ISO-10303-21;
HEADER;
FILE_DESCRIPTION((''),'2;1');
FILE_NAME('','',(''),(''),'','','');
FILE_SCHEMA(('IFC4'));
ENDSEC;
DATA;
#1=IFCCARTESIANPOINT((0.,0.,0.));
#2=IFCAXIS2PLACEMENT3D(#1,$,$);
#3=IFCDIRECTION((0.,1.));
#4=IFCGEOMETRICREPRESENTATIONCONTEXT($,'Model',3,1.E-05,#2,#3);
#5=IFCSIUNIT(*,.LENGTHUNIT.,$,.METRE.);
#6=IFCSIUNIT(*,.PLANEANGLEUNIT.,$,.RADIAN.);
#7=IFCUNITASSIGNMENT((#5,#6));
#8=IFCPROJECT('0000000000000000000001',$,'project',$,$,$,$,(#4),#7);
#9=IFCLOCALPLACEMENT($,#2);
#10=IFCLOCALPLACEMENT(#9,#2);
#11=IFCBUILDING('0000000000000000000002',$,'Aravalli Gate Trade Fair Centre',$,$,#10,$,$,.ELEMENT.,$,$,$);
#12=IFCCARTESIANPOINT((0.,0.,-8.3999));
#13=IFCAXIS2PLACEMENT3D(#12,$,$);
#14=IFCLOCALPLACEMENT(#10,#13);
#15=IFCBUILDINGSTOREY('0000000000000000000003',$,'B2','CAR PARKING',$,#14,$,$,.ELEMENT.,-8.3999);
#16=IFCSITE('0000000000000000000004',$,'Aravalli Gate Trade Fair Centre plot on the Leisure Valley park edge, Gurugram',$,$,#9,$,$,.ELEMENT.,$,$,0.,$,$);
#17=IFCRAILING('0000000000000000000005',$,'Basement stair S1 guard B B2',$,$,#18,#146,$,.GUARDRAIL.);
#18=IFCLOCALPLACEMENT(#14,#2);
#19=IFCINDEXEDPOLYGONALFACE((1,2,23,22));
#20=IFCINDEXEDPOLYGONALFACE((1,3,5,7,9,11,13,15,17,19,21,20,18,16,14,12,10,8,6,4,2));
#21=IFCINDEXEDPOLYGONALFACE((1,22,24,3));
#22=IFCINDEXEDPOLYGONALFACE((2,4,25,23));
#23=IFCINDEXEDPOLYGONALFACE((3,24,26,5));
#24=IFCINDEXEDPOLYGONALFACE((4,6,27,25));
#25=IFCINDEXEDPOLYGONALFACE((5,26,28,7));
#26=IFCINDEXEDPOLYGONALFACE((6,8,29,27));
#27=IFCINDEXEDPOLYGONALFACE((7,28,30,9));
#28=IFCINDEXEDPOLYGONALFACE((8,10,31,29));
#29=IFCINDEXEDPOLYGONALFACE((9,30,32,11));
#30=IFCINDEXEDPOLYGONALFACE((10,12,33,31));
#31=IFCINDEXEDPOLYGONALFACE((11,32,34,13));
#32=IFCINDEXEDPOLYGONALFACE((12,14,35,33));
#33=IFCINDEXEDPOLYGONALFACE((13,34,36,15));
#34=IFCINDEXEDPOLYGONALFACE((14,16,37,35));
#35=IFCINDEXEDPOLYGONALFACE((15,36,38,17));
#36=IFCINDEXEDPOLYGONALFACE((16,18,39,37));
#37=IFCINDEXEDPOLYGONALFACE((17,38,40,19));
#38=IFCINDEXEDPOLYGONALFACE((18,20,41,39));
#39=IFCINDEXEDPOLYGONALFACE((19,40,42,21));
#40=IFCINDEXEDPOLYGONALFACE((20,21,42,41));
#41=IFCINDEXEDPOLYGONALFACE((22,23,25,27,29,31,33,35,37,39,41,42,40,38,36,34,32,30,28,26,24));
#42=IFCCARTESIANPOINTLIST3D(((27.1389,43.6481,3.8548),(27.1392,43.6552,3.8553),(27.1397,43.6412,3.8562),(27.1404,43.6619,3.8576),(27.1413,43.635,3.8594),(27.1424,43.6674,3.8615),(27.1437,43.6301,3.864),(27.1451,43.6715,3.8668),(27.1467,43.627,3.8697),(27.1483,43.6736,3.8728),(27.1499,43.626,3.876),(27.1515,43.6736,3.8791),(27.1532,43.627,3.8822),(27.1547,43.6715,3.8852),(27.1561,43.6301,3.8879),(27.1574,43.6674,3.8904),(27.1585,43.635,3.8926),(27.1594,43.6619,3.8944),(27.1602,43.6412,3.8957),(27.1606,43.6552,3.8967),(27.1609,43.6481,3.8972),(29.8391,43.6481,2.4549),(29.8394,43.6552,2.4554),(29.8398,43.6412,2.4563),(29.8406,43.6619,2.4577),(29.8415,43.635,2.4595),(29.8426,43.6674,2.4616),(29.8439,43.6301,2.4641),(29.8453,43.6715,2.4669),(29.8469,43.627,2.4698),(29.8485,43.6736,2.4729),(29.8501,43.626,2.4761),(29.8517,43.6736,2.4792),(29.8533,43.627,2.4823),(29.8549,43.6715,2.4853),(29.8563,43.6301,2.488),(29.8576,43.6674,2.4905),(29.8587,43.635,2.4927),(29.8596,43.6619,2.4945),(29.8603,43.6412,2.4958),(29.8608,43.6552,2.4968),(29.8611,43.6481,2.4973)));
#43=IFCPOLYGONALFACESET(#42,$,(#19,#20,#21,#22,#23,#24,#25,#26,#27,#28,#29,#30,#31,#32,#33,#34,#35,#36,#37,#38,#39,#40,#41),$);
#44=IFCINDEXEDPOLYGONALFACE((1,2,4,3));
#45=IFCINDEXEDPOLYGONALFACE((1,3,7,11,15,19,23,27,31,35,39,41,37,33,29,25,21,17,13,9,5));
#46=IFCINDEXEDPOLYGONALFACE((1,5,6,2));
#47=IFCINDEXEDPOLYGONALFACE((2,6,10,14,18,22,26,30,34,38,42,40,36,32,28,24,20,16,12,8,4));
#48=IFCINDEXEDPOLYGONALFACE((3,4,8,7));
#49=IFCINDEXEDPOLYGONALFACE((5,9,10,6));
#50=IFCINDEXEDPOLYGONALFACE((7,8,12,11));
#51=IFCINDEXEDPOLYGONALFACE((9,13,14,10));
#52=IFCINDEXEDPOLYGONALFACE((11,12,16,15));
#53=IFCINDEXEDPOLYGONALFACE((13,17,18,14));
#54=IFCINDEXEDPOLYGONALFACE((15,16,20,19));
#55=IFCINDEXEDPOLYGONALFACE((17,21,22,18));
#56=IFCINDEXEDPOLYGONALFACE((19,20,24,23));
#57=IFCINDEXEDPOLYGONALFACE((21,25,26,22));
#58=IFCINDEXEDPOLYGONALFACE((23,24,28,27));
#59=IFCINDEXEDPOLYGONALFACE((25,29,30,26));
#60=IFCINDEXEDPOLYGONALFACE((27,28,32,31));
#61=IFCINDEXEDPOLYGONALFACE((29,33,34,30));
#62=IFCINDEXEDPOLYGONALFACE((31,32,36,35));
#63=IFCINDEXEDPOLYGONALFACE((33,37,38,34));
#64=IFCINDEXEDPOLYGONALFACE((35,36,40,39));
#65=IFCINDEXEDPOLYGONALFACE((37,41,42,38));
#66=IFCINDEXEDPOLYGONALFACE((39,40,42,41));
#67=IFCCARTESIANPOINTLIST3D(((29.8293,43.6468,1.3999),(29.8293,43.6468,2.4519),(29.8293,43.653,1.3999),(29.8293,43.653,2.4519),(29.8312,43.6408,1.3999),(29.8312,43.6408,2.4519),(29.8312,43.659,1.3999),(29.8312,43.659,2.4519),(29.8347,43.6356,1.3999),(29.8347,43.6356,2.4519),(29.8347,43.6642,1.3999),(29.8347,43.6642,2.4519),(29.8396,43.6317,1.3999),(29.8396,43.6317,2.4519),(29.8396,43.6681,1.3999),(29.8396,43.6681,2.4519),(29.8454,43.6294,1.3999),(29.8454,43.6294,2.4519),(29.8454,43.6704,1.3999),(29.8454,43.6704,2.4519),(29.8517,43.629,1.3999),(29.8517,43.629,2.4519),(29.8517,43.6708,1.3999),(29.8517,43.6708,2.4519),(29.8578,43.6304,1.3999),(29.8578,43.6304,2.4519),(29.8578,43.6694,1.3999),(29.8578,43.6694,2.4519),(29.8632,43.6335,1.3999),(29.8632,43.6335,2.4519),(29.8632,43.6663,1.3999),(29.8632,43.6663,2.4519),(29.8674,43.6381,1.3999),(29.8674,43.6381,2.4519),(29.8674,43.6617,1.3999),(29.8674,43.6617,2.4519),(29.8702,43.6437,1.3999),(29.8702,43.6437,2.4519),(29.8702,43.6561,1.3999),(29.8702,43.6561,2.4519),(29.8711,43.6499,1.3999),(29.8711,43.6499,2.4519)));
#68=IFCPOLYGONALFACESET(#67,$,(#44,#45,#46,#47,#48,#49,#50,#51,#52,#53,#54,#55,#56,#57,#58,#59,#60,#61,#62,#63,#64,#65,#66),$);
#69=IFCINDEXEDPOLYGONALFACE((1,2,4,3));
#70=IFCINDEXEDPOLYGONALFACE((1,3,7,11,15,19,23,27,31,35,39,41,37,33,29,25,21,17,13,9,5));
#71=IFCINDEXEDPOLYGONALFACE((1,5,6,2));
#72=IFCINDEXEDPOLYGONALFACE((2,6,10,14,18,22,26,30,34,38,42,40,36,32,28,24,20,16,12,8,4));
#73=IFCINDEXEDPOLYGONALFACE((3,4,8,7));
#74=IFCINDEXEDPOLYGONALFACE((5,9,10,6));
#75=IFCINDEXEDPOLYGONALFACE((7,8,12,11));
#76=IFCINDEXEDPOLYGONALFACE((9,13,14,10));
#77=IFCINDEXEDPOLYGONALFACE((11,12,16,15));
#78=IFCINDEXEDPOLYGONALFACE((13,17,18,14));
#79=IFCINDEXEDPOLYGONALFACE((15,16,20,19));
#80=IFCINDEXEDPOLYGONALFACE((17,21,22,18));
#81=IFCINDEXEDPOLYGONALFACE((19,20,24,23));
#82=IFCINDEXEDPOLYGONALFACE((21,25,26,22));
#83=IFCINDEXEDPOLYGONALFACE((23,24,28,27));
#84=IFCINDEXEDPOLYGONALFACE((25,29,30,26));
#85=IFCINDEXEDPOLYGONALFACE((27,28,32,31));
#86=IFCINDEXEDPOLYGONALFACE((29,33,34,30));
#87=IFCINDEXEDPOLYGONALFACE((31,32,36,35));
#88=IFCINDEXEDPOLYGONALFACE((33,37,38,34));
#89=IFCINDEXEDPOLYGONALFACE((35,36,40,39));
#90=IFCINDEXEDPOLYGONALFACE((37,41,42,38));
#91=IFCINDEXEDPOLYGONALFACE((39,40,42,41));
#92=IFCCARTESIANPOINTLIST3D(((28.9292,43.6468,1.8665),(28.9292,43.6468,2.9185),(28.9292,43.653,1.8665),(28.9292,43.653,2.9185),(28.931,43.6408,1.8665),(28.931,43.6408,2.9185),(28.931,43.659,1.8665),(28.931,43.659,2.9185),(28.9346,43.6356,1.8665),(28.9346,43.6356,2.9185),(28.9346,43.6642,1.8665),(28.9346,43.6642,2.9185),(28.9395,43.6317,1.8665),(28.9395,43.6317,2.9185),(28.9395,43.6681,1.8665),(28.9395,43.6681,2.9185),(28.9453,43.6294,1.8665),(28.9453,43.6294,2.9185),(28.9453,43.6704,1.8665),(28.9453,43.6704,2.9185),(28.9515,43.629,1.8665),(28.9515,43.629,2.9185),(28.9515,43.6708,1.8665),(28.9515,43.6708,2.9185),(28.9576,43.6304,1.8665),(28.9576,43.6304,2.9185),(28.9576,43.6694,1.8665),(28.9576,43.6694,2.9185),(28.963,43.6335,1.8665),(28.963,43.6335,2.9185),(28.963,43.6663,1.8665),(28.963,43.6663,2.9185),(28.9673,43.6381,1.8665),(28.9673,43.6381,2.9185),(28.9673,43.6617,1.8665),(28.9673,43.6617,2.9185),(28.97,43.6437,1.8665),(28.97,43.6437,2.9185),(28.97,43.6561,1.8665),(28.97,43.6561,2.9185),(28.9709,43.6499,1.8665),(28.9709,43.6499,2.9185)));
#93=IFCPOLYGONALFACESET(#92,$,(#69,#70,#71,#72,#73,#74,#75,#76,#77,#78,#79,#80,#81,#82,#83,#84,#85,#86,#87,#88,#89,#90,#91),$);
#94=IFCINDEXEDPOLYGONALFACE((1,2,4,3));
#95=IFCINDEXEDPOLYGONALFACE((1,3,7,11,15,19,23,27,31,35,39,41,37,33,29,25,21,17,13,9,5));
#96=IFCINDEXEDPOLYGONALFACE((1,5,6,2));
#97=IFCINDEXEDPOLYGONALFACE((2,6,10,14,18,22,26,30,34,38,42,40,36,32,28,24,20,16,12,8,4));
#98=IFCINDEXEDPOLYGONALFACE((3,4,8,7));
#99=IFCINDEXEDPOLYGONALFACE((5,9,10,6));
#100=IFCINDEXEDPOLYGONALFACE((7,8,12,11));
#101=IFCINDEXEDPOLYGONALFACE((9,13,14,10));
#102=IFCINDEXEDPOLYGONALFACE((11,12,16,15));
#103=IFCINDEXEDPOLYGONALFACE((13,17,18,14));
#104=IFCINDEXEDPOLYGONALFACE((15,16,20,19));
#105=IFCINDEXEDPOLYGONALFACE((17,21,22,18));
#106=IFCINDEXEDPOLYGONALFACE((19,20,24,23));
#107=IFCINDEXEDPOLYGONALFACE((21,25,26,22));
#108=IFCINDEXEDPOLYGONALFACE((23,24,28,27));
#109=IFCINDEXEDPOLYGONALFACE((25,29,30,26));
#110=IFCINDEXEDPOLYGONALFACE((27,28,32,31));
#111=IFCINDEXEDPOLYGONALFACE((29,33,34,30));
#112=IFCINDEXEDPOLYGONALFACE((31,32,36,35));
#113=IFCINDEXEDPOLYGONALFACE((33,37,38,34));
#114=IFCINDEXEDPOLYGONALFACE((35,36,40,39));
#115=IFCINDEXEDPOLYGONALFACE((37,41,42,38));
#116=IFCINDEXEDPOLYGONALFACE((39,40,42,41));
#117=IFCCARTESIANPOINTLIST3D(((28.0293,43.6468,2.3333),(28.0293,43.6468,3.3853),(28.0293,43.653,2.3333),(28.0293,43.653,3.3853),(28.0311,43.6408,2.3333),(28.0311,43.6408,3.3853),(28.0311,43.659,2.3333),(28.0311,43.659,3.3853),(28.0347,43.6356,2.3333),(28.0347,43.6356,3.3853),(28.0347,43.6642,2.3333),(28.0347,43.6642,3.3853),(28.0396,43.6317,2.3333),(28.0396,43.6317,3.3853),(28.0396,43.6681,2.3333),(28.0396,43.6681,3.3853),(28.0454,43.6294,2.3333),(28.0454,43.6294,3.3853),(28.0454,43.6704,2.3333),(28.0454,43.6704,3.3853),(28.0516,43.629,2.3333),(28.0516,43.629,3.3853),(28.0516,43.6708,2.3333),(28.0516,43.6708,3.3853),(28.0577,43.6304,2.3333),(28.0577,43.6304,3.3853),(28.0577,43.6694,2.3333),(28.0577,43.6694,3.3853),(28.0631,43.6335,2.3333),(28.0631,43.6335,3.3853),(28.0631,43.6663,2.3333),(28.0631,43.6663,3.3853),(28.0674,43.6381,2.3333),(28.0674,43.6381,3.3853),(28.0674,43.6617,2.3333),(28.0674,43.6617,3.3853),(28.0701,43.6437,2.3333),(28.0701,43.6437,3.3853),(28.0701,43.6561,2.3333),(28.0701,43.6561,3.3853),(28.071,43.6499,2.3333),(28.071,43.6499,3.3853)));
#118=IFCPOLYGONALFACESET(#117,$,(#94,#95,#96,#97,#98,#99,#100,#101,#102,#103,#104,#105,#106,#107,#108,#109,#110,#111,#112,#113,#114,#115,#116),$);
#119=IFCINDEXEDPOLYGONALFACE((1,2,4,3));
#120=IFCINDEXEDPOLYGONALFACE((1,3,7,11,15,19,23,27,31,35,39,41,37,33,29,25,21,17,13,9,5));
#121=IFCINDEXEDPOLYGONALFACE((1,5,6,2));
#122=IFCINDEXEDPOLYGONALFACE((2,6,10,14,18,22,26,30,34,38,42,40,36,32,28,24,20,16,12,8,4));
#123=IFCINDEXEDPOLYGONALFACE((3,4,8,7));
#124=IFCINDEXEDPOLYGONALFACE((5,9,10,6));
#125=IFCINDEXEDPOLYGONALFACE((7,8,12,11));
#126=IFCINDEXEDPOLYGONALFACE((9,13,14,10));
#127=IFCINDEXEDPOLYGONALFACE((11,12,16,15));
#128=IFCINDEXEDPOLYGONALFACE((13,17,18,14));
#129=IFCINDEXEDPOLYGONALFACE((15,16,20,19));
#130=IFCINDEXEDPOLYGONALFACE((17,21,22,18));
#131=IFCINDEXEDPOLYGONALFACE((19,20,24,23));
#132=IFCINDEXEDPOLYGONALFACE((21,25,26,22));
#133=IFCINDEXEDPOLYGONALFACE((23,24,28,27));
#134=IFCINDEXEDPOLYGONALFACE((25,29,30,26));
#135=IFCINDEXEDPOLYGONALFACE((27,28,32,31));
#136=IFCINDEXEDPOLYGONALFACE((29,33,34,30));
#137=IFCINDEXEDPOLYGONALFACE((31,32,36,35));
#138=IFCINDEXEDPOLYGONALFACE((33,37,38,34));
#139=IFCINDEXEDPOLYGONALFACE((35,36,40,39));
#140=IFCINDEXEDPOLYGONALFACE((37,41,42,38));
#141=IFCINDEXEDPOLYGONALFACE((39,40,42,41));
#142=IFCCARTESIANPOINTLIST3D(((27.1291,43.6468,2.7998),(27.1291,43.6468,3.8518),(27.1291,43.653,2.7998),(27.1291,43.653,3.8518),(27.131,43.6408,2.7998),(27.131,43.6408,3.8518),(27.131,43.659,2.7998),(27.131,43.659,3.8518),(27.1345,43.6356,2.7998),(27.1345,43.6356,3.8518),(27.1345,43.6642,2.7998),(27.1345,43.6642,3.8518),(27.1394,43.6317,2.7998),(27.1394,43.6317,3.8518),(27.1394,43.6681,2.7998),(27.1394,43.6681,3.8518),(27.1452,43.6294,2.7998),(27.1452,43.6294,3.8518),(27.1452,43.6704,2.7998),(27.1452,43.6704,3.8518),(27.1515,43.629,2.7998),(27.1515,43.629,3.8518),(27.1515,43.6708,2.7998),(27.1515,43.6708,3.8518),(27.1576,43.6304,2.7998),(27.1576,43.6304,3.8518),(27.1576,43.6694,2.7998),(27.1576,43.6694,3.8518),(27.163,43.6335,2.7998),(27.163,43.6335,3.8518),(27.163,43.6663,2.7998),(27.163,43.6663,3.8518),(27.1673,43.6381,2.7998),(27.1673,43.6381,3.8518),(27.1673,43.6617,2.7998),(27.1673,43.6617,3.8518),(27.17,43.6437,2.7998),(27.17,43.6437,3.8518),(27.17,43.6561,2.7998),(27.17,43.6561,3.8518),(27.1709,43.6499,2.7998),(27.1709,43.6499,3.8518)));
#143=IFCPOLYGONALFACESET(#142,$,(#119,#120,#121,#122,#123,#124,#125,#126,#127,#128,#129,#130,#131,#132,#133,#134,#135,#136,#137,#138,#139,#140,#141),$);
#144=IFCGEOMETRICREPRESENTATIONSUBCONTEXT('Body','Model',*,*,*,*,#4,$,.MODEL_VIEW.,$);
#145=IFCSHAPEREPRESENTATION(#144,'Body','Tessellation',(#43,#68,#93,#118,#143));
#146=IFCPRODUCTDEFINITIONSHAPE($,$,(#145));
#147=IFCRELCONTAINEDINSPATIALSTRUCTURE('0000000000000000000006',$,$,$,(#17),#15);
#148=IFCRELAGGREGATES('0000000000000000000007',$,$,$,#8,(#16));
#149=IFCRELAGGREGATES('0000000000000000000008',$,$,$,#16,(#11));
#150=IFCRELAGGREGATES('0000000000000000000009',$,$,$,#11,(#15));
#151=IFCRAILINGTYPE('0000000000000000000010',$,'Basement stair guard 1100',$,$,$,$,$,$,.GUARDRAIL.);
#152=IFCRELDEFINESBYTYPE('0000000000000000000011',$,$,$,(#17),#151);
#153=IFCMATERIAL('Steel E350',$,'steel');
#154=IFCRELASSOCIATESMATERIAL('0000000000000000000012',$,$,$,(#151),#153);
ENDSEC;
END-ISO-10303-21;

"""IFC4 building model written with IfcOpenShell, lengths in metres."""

from ifc_helpers import new_model, si_unit, direction, frame, origin, origin_2d, place, context, subcontext, project, spatial, circle, extrude, material, type_object, element, save


model = new_model("IFC4")

# Units and contexts
model_context = context("Model", 3, precision=1e-05, world=origin(), true_north=direction((0.0, 1.0)))
body_context = subcontext(model_context, "Body", "Model", "MODEL_VIEW")
ifc_project = project(units=[si_unit("LENGTHUNIT", "METRE"), si_unit("PLANEANGLEUNIT", "RADIAN")], contexts=[model_context])

# Site, building, storey
site_placement = place(None, origin())
site = spatial("IfcSite", under=ifc_project, at=site_placement, Name="Aravalli Gate Trade Fair Centre plot on the Leisure Valley park edge, Gurugram", CompositionType="ELEMENT", RefElevation=0.0)
building_placement = place(site_placement, origin())
building = spatial("IfcBuilding", under=site, at=building_placement, Name="Aravalli Gate Trade Fair Centre", CompositionType="ELEMENT")
storey_placement = place(building_placement, frame((0.0, 0.0, -8.3999)))
storey = spatial("IfcBuildingStorey", under=building, at=storey_placement, Name="B2", Description="CAR PARKING", CompositionType="ELEMENT", Elevation=-8.3999)

# Railing
ifc_material_1 = material(Name="Steel E350", Category="steel")
railing_type_1 = type_object("IfcRailingType", Name="Basement stair guard 1100", PredefinedType="GUARDRAIL", material=ifc_material_1)
railing_1_placement = place(storey_placement, frame((29.8501, 43.6499, 1.3999)))
element("IfcRailing", 1, at=railing_1_placement, inside=storey, type_object=railing_type_1, Name="Basement stair S1 guard B B2", PredefinedType="GUARDRAIL", context=body_context, shape_type="SweptSolid", body=[
    extrude(circle(Radius=0.0239, at=origin_2d()), frame((0.0, 0.0, 1.0762), z_axis=(-0.887781, 0.0, 0.460266), x_axis=(0.0, -1.0, 0.0)), (0.0, 0.0, 1.0), 3.0415),
    extrude(circle(Radius=0.021, at=origin_2d()), origin(), (0.0, 0.0, 1.0), 1.052),
    extrude(circle(Radius=0.021, at=origin_2d()), frame((-0.9001, 0.0, 0.4666)), (0.0, 0.0, 1.0), 1.052),
    extrude(circle(Radius=0.021, at=origin_2d()), frame((-1.8, 0.0, 0.9333)), (0.0, 0.0, 1.0), 1.052),
    extrude(circle(Radius=0.021, at=origin_2d()), frame((-2.7002, 0.0, 1.3999)), (0.0, 0.0, 1.0), 1.052),
])

save(model, "model.ifc")
